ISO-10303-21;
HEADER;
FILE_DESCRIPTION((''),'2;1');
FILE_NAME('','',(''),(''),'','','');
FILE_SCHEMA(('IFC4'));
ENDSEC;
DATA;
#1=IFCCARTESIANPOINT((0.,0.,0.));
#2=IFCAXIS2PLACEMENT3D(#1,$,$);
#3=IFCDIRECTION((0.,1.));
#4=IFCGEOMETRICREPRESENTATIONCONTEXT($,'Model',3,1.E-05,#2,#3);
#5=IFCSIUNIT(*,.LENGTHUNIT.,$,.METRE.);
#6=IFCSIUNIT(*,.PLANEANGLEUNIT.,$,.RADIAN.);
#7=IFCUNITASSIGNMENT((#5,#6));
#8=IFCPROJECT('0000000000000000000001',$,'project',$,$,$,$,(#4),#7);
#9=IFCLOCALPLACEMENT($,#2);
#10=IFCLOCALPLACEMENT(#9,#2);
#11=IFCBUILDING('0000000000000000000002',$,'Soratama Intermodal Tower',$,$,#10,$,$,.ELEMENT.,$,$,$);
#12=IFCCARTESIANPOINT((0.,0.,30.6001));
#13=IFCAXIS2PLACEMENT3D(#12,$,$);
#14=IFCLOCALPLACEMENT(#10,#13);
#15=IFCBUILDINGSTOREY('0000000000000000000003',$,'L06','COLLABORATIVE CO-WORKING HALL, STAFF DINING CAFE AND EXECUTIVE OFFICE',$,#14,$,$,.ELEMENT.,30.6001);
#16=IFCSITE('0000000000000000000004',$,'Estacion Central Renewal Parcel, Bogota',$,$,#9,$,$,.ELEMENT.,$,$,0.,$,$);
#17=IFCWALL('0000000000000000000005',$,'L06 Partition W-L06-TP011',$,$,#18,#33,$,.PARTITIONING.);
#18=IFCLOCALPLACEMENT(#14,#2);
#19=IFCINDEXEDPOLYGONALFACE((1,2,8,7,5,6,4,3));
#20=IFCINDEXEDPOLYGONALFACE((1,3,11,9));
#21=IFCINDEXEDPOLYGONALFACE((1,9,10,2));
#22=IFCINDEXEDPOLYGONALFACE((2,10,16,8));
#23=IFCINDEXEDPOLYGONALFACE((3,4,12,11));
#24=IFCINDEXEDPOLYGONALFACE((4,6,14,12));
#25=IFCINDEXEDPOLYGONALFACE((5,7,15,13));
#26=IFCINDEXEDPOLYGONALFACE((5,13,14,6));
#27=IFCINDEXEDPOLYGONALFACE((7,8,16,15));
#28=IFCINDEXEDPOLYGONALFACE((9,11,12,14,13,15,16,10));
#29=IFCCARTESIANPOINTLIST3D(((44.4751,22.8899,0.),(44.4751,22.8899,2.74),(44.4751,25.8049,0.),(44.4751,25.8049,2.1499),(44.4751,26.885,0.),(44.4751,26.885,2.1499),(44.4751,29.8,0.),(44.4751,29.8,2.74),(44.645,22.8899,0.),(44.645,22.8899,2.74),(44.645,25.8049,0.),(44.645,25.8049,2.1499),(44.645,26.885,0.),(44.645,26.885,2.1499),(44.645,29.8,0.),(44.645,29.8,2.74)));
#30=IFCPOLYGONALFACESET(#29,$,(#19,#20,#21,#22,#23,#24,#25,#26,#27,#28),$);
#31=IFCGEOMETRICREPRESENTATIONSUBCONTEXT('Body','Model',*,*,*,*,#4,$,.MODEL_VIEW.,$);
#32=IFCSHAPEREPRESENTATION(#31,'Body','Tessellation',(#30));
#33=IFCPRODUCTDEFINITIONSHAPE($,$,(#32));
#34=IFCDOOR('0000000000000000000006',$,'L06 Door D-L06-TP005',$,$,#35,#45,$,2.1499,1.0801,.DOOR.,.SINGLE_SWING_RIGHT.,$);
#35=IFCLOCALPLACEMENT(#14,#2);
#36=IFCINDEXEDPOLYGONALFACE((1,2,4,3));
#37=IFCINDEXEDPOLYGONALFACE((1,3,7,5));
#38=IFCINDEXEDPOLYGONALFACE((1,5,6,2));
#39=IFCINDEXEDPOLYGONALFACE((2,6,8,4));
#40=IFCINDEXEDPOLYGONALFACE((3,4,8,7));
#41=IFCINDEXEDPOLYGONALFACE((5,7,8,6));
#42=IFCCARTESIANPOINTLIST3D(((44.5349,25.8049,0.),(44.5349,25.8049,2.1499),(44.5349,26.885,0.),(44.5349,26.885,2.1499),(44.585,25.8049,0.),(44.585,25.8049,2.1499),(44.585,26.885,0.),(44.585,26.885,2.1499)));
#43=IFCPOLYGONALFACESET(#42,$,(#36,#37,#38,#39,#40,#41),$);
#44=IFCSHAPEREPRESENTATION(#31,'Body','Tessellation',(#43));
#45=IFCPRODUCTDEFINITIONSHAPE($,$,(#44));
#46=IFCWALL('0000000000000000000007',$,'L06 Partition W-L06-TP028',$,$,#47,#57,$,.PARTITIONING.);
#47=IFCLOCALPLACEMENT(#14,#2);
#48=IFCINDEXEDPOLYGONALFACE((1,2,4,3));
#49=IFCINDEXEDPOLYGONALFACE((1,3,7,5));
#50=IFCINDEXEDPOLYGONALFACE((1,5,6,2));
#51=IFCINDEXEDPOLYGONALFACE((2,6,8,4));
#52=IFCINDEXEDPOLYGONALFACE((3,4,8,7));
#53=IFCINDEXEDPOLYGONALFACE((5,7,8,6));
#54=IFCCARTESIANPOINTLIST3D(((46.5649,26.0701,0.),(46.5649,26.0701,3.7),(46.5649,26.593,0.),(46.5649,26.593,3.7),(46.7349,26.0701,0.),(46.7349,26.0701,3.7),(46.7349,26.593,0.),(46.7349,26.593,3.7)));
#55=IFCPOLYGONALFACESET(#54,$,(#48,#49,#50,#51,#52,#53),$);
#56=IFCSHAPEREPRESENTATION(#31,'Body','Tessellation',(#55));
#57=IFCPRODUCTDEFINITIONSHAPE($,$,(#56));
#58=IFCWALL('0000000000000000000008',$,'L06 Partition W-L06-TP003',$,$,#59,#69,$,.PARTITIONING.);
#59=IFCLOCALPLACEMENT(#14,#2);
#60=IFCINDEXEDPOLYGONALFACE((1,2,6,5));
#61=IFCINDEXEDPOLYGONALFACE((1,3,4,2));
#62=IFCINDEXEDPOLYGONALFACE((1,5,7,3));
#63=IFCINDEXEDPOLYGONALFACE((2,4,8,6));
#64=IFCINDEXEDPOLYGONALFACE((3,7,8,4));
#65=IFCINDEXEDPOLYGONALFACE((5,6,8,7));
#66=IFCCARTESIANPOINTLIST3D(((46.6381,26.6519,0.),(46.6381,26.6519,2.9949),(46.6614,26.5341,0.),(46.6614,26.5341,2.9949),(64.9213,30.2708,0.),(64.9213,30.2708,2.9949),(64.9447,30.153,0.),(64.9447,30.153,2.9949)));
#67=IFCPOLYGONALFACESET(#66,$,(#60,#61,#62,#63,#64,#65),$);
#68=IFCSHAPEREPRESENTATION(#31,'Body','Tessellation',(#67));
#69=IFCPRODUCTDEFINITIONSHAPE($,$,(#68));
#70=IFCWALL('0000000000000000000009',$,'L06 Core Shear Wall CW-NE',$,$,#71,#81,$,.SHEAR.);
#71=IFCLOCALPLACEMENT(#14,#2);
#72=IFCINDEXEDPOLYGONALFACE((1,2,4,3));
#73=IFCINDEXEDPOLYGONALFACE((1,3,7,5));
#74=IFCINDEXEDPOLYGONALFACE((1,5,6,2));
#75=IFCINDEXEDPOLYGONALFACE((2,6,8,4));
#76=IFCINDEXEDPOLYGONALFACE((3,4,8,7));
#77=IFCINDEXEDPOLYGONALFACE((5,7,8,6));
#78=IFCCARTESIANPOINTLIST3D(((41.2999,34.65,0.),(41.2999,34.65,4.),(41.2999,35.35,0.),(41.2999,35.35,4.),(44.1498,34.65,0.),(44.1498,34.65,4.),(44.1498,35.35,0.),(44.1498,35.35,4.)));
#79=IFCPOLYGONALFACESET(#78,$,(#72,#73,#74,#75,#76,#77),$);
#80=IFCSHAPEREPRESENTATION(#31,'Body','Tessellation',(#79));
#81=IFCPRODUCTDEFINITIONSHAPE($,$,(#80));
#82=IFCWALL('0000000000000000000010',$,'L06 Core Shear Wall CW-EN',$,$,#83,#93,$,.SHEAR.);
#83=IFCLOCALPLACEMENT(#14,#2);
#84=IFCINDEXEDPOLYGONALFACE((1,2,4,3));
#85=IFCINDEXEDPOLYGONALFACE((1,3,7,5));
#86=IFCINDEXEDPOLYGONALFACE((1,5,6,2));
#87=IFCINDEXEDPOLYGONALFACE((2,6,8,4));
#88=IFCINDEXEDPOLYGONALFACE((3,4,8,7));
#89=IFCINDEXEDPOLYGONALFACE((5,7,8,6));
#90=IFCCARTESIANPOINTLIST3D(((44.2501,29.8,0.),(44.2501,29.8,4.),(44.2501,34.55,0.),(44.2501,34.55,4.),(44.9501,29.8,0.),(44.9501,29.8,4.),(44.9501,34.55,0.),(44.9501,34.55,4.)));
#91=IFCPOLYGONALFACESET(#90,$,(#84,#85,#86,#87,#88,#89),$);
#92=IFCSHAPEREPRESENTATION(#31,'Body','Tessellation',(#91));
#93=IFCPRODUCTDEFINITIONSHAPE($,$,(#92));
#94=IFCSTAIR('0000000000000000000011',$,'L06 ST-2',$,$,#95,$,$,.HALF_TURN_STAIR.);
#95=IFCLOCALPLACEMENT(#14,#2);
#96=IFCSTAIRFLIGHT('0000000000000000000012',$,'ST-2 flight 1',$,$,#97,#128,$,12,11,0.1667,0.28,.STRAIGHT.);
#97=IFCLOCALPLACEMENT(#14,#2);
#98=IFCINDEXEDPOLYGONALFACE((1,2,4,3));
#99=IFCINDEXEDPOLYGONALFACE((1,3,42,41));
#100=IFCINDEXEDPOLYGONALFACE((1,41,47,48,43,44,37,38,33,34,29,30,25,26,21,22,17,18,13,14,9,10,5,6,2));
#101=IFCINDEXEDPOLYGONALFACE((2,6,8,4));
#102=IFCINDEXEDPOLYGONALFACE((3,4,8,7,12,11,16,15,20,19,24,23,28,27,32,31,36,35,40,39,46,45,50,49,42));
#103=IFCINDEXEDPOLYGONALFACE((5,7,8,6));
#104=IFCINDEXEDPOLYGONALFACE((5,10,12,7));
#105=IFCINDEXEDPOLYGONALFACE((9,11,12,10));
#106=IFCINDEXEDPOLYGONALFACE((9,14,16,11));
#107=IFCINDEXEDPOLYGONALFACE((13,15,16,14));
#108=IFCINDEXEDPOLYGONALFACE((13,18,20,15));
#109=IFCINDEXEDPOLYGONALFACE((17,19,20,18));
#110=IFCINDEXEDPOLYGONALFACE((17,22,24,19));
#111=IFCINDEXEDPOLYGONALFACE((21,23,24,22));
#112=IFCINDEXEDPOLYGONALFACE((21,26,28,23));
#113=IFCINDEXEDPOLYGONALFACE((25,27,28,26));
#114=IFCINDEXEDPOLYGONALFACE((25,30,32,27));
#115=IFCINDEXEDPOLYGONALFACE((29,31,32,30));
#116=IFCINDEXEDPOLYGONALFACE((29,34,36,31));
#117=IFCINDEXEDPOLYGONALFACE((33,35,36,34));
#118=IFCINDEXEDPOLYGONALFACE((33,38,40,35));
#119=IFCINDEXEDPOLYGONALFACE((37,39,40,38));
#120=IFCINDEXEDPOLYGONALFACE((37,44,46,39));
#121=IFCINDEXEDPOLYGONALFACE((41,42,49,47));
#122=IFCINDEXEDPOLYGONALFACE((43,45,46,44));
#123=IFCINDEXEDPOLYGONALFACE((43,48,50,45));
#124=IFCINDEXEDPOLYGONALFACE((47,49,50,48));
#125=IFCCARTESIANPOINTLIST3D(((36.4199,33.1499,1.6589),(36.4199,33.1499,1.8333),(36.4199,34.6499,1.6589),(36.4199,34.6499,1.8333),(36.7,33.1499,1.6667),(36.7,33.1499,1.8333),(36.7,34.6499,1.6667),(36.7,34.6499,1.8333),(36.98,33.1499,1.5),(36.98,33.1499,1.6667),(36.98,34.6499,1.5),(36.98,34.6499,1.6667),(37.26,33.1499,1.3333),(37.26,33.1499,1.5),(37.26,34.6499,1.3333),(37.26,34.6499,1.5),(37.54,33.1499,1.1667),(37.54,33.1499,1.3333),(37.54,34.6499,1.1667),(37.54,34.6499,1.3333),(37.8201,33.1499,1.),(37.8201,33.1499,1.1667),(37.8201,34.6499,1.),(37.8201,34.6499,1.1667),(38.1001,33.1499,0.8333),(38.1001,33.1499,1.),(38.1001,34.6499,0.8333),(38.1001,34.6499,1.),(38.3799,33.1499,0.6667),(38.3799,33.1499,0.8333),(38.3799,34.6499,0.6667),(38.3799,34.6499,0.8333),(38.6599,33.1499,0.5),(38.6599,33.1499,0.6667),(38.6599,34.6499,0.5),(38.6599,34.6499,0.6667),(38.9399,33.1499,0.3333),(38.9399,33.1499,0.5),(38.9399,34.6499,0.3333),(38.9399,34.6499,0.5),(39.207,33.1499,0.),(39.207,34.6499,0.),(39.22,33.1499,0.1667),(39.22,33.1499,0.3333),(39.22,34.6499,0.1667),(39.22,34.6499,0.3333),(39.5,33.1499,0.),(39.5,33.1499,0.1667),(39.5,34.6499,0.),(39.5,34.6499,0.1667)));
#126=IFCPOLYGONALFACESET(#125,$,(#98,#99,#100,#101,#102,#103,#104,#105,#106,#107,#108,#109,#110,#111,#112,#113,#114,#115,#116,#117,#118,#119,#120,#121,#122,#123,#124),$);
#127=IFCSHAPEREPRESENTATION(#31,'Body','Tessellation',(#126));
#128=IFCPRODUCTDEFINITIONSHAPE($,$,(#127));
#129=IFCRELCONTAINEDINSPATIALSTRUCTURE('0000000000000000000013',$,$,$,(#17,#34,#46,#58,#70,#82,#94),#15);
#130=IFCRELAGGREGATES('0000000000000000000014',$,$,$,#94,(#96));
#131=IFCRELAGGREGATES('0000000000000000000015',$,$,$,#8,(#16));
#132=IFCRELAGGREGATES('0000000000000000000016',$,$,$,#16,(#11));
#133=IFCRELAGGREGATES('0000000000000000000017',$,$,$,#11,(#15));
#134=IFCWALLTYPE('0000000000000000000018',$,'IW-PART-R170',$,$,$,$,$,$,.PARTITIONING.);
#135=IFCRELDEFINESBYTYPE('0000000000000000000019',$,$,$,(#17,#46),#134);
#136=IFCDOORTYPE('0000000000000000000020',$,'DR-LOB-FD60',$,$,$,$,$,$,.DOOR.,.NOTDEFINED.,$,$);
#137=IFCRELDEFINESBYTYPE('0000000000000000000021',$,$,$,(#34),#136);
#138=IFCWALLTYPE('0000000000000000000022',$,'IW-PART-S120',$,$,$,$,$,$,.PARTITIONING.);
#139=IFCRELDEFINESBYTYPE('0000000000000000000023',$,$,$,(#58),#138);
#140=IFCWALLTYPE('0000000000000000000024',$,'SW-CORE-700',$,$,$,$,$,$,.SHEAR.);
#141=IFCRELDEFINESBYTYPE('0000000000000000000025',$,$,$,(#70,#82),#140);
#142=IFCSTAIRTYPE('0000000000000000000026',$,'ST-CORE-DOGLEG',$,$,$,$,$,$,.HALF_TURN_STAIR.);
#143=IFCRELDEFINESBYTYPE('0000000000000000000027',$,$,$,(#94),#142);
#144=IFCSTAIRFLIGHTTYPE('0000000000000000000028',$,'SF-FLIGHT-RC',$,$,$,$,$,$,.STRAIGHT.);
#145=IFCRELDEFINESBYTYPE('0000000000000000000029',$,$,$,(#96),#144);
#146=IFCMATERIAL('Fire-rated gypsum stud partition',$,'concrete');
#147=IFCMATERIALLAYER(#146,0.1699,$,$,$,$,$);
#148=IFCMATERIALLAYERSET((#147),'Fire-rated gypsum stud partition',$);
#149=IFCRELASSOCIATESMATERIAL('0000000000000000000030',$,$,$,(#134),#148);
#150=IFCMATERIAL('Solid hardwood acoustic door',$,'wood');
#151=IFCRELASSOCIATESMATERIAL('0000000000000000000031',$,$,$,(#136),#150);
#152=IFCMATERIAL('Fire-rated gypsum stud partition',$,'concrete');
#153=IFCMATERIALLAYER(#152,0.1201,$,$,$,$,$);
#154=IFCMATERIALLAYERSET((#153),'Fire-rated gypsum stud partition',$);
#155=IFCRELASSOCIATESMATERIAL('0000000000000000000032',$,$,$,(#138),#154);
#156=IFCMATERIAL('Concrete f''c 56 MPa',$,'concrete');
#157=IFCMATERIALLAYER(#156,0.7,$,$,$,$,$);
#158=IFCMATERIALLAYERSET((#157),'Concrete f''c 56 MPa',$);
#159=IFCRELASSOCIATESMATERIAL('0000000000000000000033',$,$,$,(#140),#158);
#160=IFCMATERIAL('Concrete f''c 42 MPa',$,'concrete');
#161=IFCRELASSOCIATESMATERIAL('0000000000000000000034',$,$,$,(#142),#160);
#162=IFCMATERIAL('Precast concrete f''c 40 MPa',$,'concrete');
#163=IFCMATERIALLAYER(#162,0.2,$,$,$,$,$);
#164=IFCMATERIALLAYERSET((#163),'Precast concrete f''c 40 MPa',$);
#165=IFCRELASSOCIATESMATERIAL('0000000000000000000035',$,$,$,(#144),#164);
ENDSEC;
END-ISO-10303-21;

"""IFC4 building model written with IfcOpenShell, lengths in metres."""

from ifc_helpers import new_model, si_unit, direction, frame, frame_2d, origin, place, context, subcontext, project, spatial, polyline, rectangle, outline, extrude, material, layer, layer_set, type_object, element, fill, aggregate, save


model = new_model("IFC4")

# Units and contexts
model_context = context("Model", 3, precision=1e-05, world=origin(), true_north=direction((0.0, 1.0)))
body_context = subcontext(model_context, "Body", "Model", "MODEL_VIEW")
ifc_project = project(units=[si_unit("LENGTHUNIT", "METRE"), si_unit("PLANEANGLEUNIT", "RADIAN")], contexts=[model_context])

# Site, building, storey
site_placement = place(None, origin())
site = spatial("IfcSite", under=ifc_project, at=site_placement, Name="Estacion Central Renewal Parcel, Bogota", CompositionType="ELEMENT", RefElevation=0.0)
building_placement = place(site_placement, origin())
building = spatial("IfcBuilding", under=site, at=building_placement, Name="Soratama Intermodal Tower", CompositionType="ELEMENT")
storey_placement = place(building_placement, frame((0.0, 0.0, 30.6001)))
storey = spatial("IfcBuildingStorey", under=building, at=storey_placement, Name="L06", Description="COLLABORATIVE CO-WORKING HALL, STAFF DINING CAFE AND EXECUTIVE OFFICE", CompositionType="ELEMENT", Elevation=30.6001)

# Wall, opening, door
ifc_material_1 = material(Name="Fire-rated gypsum stud partition", Category="concrete")
ifc_layer_1 = layer(ifc_material_1, 0.1699)
ifc_layer_set_1 = layer_set([ifc_layer_1], Name="Fire-rated gypsum stud partition")
wall_type_1 = type_object("IfcWallType", Name="IW-PART-R170", PredefinedType="PARTITIONING", material=ifc_layer_set_1)
wall_1_placement = place(storey_placement, frame((44.5601, 29.8, 0.0), z_axis=(0.0, 0.0, 1.0), x_axis=(0.0, -1.0, 0.0)))
wall_1 = element("IfcWall", 1, at=wall_1_placement, inside=storey, type_object=wall_type_1, Name="L06 Partition W-L06-TP011", PredefinedType="PARTITIONING", context=body_context, shape_type="SweptSolid", body=[
    extrude(rectangle(XDim=6.9102, YDim=0.1699, at=frame_2d((3.4551, 0.0))), origin(), (0.0, 0.0, 1.0), 2.74),
])
opening_1_placement = place(wall_1_placement, frame((2.915, 0.0, 0.0)))
opening_1 = element("IfcOpeningElement", 2, at=opening_1_placement, cuts=wall_1, PredefinedType="OPENING", context=body_context, shape_type="SweptSolid", body=[
    extrude(rectangle(XDim=1.0801, YDim=2.1499, at=frame_2d((0.54, 1.075))), frame((0.0, 0.095, 0.0), z_axis=(0.0, -1.0, 0.0), x_axis=(1.0, 0.0, 0.0)), (0.0, 0.0, 1.0), 0.1899),
])
ifc_material_2 = material(Name="Solid hardwood acoustic door", Category="wood")
door_type_1 = type_object("IfcDoorType", Name="DR-LOB-FD60", OperationType="NOTDEFINED", PredefinedType="DOOR", material=ifc_material_2)
door_1_placement = place(opening_1_placement, origin())
door_1 = element("IfcDoor", 3, at=door_1_placement, inside=storey, type_object=door_type_1, Name="L06 Door D-L06-TP005", OperationType="SINGLE_SWING_RIGHT", OverallHeight=2.1499, OverallWidth=1.0801, PredefinedType="DOOR", context=body_context, shape_type="SweptSolid", body=[
    extrude(rectangle(XDim=1.0801, YDim=2.1499, at=frame_2d((0.54, 1.075))), frame((0.0, 0.0249, 0.0), z_axis=(0.0, -1.0, 0.0), x_axis=(1.0, 0.0, 0.0)), (0.0, 0.0, 1.0), 0.05),
])
fill(opening_1, door_1)

# Walls
wall_2_placement = place(storey_placement, frame((46.6499, 26.593, 0.0), z_axis=(0.0, 0.0, 1.0), x_axis=(0.0, -1.0, 0.0)))
element("IfcWall", 4, at=wall_2_placement, inside=storey, type_object=wall_type_1, Name="L06 Partition W-L06-TP028", PredefinedType="PARTITIONING", context=body_context, shape_type="SweptSolid", body=[
    extrude(rectangle(XDim=0.5229, YDim=0.1699, at=frame_2d((0.2615, 0.0))), origin(), (0.0, 0.0, 1.0), 3.7),
])
ifc_material_3 = material(Name="Fire-rated gypsum stud partition", Category="concrete")
ifc_layer_2 = layer(ifc_material_3, 0.1201)
ifc_layer_set_2 = layer_set([ifc_layer_2], Name="Fire-rated gypsum stud partition")
wall_type_2 = type_object("IfcWallType", Name="IW-PART-S120", PredefinedType="PARTITIONING", material=ifc_layer_set_2)
wall_3_placement = place(storey_placement, frame((46.6499, 26.593, 0.0), z_axis=(0.0, 0.0, 1.0), x_axis=(0.980968, 0.194169, 0.0)))
element("IfcWall", 5, at=wall_3_placement, inside=storey, type_object=wall_type_2, Name="L06 Partition W-L06-TP003", PredefinedType="PARTITIONING", context=body_context, shape_type="SweptSolid", body=[
    extrude(rectangle(XDim=18.6379, YDim=0.1201, at=frame_2d((9.3188, 0.0))), origin(), (0.0, 0.0, 1.0), 2.9949),
])
ifc_material_4 = material(Name="Concrete f'c 56 MPa", Category="concrete")
ifc_layer_3 = layer(ifc_material_4, 0.7)
ifc_layer_set_3 = layer_set([ifc_layer_3], Name="Concrete f'c 56 MPa")
wall_type_3 = type_object("IfcWallType", Name="SW-CORE-700", PredefinedType="SHEAR", material=ifc_layer_set_3)
wall_4_placement = place(storey_placement, frame((41.3, 35.0, 0.0), z_axis=(0.0, 0.0, 1.0), x_axis=(1.0, 0.0, 0.0)))
element("IfcWall", 6, at=wall_4_placement, inside=storey, type_object=wall_type_3, Name="L06 Core Shear Wall CW-NE", PredefinedType="SHEAR", context=body_context, shape_type="SweptSolid", body=[
    extrude(rectangle(XDim=2.8499, YDim=0.7, at=frame_2d((1.4248, 0.0))), origin(), (0.0, 0.0, 1.0), 4.0),
])
wall_5_placement = place(storey_placement, frame((44.6001, 29.8, 0.0), z_axis=(0.0, 0.0, 1.0), x_axis=(0.0, 1.0, 0.0)))
element("IfcWall", 7, at=wall_5_placement, inside=storey, type_object=wall_type_3, Name="L06 Core Shear Wall CW-EN", PredefinedType="SHEAR", context=body_context, shape_type="SweptSolid", body=[
    extrude(rectangle(XDim=4.75, YDim=0.7, at=frame_2d((2.375, 0.0))), origin(), (0.0, 0.0, 1.0), 4.0),
])

# Stair, stair flight
ifc_material_5 = material(Name="Concrete f'c 42 MPa", Category="concrete")
stair_type = type_object("IfcStairType", Name="ST-CORE-DOGLEG", PredefinedType="HALF_TURN_STAIR", material=ifc_material_5)
stair_placement = place(storey_placement, origin())
stair = element("IfcStair", 8, at=stair_placement, inside=storey, type_object=stair_type, Name="L06 ST-2", PredefinedType="HALF_TURN_STAIR")
ifc_material_6 = material(Name="Precast concrete f'c 40 MPa", Category="concrete")
ifc_layer_4 = layer(ifc_material_6, 0.2)
ifc_layer_set_4 = layer_set([ifc_layer_4], Name="Precast concrete f'c 40 MPa")
stair_flight_type = type_object("IfcStairFlightType", Name="SF-FLIGHT-RC", PredefinedType="STRAIGHT", material=ifc_layer_set_4)
stair_flight_placement = place(storey_placement, frame((39.5, 33.8999, 0.0), z_axis=(0.0, 0.0, 1.0), x_axis=(-1.0, 0.0, 0.0)))
stair_flight = element("IfcStairFlight", 9, at=stair_flight_placement, type_object=stair_flight_type, Name="ST-2 flight 1", NumberOfRisers=12, NumberOfTreads=11, PredefinedType="STRAIGHT", RiserHeight=0.1667, TreadLength=0.28, context=body_context, shape_type="SweptSolid", body=[
    extrude(outline(polyline([(0.0, 0.0), (0.0, 0.1667), (0.28, 0.1667), (0.28, 0.3333), (0.5601, 0.3333), (0.5601, 0.5), (0.8401, 0.5), (0.8401, 0.6667), (1.1201, 0.6667), (1.1201, 0.8333), (1.3999, 0.8333), (1.3999, 1.0), (1.6799, 1.0), (1.6799, 1.1667), (1.96, 1.1667), (1.96, 1.3333), (2.24, 1.3333), (2.24, 1.5), (2.52, 1.5), (2.52, 1.6667), (2.8, 1.6667), (2.8, 1.8333), (3.0801, 1.8333), (3.0801, 2.0), (3.0801, 1.6589), (0.293, 0.0), (0.0, 0.0)])), frame((0.0, 0.75, 0.0), z_axis=(0.0, -1.0, 0.0), x_axis=(1.0, 0.0, 0.0)), (0.0, 0.0, 1.0), 1.5),
])
aggregate(stair, [stair_flight])

save(model, "model.ifc")
